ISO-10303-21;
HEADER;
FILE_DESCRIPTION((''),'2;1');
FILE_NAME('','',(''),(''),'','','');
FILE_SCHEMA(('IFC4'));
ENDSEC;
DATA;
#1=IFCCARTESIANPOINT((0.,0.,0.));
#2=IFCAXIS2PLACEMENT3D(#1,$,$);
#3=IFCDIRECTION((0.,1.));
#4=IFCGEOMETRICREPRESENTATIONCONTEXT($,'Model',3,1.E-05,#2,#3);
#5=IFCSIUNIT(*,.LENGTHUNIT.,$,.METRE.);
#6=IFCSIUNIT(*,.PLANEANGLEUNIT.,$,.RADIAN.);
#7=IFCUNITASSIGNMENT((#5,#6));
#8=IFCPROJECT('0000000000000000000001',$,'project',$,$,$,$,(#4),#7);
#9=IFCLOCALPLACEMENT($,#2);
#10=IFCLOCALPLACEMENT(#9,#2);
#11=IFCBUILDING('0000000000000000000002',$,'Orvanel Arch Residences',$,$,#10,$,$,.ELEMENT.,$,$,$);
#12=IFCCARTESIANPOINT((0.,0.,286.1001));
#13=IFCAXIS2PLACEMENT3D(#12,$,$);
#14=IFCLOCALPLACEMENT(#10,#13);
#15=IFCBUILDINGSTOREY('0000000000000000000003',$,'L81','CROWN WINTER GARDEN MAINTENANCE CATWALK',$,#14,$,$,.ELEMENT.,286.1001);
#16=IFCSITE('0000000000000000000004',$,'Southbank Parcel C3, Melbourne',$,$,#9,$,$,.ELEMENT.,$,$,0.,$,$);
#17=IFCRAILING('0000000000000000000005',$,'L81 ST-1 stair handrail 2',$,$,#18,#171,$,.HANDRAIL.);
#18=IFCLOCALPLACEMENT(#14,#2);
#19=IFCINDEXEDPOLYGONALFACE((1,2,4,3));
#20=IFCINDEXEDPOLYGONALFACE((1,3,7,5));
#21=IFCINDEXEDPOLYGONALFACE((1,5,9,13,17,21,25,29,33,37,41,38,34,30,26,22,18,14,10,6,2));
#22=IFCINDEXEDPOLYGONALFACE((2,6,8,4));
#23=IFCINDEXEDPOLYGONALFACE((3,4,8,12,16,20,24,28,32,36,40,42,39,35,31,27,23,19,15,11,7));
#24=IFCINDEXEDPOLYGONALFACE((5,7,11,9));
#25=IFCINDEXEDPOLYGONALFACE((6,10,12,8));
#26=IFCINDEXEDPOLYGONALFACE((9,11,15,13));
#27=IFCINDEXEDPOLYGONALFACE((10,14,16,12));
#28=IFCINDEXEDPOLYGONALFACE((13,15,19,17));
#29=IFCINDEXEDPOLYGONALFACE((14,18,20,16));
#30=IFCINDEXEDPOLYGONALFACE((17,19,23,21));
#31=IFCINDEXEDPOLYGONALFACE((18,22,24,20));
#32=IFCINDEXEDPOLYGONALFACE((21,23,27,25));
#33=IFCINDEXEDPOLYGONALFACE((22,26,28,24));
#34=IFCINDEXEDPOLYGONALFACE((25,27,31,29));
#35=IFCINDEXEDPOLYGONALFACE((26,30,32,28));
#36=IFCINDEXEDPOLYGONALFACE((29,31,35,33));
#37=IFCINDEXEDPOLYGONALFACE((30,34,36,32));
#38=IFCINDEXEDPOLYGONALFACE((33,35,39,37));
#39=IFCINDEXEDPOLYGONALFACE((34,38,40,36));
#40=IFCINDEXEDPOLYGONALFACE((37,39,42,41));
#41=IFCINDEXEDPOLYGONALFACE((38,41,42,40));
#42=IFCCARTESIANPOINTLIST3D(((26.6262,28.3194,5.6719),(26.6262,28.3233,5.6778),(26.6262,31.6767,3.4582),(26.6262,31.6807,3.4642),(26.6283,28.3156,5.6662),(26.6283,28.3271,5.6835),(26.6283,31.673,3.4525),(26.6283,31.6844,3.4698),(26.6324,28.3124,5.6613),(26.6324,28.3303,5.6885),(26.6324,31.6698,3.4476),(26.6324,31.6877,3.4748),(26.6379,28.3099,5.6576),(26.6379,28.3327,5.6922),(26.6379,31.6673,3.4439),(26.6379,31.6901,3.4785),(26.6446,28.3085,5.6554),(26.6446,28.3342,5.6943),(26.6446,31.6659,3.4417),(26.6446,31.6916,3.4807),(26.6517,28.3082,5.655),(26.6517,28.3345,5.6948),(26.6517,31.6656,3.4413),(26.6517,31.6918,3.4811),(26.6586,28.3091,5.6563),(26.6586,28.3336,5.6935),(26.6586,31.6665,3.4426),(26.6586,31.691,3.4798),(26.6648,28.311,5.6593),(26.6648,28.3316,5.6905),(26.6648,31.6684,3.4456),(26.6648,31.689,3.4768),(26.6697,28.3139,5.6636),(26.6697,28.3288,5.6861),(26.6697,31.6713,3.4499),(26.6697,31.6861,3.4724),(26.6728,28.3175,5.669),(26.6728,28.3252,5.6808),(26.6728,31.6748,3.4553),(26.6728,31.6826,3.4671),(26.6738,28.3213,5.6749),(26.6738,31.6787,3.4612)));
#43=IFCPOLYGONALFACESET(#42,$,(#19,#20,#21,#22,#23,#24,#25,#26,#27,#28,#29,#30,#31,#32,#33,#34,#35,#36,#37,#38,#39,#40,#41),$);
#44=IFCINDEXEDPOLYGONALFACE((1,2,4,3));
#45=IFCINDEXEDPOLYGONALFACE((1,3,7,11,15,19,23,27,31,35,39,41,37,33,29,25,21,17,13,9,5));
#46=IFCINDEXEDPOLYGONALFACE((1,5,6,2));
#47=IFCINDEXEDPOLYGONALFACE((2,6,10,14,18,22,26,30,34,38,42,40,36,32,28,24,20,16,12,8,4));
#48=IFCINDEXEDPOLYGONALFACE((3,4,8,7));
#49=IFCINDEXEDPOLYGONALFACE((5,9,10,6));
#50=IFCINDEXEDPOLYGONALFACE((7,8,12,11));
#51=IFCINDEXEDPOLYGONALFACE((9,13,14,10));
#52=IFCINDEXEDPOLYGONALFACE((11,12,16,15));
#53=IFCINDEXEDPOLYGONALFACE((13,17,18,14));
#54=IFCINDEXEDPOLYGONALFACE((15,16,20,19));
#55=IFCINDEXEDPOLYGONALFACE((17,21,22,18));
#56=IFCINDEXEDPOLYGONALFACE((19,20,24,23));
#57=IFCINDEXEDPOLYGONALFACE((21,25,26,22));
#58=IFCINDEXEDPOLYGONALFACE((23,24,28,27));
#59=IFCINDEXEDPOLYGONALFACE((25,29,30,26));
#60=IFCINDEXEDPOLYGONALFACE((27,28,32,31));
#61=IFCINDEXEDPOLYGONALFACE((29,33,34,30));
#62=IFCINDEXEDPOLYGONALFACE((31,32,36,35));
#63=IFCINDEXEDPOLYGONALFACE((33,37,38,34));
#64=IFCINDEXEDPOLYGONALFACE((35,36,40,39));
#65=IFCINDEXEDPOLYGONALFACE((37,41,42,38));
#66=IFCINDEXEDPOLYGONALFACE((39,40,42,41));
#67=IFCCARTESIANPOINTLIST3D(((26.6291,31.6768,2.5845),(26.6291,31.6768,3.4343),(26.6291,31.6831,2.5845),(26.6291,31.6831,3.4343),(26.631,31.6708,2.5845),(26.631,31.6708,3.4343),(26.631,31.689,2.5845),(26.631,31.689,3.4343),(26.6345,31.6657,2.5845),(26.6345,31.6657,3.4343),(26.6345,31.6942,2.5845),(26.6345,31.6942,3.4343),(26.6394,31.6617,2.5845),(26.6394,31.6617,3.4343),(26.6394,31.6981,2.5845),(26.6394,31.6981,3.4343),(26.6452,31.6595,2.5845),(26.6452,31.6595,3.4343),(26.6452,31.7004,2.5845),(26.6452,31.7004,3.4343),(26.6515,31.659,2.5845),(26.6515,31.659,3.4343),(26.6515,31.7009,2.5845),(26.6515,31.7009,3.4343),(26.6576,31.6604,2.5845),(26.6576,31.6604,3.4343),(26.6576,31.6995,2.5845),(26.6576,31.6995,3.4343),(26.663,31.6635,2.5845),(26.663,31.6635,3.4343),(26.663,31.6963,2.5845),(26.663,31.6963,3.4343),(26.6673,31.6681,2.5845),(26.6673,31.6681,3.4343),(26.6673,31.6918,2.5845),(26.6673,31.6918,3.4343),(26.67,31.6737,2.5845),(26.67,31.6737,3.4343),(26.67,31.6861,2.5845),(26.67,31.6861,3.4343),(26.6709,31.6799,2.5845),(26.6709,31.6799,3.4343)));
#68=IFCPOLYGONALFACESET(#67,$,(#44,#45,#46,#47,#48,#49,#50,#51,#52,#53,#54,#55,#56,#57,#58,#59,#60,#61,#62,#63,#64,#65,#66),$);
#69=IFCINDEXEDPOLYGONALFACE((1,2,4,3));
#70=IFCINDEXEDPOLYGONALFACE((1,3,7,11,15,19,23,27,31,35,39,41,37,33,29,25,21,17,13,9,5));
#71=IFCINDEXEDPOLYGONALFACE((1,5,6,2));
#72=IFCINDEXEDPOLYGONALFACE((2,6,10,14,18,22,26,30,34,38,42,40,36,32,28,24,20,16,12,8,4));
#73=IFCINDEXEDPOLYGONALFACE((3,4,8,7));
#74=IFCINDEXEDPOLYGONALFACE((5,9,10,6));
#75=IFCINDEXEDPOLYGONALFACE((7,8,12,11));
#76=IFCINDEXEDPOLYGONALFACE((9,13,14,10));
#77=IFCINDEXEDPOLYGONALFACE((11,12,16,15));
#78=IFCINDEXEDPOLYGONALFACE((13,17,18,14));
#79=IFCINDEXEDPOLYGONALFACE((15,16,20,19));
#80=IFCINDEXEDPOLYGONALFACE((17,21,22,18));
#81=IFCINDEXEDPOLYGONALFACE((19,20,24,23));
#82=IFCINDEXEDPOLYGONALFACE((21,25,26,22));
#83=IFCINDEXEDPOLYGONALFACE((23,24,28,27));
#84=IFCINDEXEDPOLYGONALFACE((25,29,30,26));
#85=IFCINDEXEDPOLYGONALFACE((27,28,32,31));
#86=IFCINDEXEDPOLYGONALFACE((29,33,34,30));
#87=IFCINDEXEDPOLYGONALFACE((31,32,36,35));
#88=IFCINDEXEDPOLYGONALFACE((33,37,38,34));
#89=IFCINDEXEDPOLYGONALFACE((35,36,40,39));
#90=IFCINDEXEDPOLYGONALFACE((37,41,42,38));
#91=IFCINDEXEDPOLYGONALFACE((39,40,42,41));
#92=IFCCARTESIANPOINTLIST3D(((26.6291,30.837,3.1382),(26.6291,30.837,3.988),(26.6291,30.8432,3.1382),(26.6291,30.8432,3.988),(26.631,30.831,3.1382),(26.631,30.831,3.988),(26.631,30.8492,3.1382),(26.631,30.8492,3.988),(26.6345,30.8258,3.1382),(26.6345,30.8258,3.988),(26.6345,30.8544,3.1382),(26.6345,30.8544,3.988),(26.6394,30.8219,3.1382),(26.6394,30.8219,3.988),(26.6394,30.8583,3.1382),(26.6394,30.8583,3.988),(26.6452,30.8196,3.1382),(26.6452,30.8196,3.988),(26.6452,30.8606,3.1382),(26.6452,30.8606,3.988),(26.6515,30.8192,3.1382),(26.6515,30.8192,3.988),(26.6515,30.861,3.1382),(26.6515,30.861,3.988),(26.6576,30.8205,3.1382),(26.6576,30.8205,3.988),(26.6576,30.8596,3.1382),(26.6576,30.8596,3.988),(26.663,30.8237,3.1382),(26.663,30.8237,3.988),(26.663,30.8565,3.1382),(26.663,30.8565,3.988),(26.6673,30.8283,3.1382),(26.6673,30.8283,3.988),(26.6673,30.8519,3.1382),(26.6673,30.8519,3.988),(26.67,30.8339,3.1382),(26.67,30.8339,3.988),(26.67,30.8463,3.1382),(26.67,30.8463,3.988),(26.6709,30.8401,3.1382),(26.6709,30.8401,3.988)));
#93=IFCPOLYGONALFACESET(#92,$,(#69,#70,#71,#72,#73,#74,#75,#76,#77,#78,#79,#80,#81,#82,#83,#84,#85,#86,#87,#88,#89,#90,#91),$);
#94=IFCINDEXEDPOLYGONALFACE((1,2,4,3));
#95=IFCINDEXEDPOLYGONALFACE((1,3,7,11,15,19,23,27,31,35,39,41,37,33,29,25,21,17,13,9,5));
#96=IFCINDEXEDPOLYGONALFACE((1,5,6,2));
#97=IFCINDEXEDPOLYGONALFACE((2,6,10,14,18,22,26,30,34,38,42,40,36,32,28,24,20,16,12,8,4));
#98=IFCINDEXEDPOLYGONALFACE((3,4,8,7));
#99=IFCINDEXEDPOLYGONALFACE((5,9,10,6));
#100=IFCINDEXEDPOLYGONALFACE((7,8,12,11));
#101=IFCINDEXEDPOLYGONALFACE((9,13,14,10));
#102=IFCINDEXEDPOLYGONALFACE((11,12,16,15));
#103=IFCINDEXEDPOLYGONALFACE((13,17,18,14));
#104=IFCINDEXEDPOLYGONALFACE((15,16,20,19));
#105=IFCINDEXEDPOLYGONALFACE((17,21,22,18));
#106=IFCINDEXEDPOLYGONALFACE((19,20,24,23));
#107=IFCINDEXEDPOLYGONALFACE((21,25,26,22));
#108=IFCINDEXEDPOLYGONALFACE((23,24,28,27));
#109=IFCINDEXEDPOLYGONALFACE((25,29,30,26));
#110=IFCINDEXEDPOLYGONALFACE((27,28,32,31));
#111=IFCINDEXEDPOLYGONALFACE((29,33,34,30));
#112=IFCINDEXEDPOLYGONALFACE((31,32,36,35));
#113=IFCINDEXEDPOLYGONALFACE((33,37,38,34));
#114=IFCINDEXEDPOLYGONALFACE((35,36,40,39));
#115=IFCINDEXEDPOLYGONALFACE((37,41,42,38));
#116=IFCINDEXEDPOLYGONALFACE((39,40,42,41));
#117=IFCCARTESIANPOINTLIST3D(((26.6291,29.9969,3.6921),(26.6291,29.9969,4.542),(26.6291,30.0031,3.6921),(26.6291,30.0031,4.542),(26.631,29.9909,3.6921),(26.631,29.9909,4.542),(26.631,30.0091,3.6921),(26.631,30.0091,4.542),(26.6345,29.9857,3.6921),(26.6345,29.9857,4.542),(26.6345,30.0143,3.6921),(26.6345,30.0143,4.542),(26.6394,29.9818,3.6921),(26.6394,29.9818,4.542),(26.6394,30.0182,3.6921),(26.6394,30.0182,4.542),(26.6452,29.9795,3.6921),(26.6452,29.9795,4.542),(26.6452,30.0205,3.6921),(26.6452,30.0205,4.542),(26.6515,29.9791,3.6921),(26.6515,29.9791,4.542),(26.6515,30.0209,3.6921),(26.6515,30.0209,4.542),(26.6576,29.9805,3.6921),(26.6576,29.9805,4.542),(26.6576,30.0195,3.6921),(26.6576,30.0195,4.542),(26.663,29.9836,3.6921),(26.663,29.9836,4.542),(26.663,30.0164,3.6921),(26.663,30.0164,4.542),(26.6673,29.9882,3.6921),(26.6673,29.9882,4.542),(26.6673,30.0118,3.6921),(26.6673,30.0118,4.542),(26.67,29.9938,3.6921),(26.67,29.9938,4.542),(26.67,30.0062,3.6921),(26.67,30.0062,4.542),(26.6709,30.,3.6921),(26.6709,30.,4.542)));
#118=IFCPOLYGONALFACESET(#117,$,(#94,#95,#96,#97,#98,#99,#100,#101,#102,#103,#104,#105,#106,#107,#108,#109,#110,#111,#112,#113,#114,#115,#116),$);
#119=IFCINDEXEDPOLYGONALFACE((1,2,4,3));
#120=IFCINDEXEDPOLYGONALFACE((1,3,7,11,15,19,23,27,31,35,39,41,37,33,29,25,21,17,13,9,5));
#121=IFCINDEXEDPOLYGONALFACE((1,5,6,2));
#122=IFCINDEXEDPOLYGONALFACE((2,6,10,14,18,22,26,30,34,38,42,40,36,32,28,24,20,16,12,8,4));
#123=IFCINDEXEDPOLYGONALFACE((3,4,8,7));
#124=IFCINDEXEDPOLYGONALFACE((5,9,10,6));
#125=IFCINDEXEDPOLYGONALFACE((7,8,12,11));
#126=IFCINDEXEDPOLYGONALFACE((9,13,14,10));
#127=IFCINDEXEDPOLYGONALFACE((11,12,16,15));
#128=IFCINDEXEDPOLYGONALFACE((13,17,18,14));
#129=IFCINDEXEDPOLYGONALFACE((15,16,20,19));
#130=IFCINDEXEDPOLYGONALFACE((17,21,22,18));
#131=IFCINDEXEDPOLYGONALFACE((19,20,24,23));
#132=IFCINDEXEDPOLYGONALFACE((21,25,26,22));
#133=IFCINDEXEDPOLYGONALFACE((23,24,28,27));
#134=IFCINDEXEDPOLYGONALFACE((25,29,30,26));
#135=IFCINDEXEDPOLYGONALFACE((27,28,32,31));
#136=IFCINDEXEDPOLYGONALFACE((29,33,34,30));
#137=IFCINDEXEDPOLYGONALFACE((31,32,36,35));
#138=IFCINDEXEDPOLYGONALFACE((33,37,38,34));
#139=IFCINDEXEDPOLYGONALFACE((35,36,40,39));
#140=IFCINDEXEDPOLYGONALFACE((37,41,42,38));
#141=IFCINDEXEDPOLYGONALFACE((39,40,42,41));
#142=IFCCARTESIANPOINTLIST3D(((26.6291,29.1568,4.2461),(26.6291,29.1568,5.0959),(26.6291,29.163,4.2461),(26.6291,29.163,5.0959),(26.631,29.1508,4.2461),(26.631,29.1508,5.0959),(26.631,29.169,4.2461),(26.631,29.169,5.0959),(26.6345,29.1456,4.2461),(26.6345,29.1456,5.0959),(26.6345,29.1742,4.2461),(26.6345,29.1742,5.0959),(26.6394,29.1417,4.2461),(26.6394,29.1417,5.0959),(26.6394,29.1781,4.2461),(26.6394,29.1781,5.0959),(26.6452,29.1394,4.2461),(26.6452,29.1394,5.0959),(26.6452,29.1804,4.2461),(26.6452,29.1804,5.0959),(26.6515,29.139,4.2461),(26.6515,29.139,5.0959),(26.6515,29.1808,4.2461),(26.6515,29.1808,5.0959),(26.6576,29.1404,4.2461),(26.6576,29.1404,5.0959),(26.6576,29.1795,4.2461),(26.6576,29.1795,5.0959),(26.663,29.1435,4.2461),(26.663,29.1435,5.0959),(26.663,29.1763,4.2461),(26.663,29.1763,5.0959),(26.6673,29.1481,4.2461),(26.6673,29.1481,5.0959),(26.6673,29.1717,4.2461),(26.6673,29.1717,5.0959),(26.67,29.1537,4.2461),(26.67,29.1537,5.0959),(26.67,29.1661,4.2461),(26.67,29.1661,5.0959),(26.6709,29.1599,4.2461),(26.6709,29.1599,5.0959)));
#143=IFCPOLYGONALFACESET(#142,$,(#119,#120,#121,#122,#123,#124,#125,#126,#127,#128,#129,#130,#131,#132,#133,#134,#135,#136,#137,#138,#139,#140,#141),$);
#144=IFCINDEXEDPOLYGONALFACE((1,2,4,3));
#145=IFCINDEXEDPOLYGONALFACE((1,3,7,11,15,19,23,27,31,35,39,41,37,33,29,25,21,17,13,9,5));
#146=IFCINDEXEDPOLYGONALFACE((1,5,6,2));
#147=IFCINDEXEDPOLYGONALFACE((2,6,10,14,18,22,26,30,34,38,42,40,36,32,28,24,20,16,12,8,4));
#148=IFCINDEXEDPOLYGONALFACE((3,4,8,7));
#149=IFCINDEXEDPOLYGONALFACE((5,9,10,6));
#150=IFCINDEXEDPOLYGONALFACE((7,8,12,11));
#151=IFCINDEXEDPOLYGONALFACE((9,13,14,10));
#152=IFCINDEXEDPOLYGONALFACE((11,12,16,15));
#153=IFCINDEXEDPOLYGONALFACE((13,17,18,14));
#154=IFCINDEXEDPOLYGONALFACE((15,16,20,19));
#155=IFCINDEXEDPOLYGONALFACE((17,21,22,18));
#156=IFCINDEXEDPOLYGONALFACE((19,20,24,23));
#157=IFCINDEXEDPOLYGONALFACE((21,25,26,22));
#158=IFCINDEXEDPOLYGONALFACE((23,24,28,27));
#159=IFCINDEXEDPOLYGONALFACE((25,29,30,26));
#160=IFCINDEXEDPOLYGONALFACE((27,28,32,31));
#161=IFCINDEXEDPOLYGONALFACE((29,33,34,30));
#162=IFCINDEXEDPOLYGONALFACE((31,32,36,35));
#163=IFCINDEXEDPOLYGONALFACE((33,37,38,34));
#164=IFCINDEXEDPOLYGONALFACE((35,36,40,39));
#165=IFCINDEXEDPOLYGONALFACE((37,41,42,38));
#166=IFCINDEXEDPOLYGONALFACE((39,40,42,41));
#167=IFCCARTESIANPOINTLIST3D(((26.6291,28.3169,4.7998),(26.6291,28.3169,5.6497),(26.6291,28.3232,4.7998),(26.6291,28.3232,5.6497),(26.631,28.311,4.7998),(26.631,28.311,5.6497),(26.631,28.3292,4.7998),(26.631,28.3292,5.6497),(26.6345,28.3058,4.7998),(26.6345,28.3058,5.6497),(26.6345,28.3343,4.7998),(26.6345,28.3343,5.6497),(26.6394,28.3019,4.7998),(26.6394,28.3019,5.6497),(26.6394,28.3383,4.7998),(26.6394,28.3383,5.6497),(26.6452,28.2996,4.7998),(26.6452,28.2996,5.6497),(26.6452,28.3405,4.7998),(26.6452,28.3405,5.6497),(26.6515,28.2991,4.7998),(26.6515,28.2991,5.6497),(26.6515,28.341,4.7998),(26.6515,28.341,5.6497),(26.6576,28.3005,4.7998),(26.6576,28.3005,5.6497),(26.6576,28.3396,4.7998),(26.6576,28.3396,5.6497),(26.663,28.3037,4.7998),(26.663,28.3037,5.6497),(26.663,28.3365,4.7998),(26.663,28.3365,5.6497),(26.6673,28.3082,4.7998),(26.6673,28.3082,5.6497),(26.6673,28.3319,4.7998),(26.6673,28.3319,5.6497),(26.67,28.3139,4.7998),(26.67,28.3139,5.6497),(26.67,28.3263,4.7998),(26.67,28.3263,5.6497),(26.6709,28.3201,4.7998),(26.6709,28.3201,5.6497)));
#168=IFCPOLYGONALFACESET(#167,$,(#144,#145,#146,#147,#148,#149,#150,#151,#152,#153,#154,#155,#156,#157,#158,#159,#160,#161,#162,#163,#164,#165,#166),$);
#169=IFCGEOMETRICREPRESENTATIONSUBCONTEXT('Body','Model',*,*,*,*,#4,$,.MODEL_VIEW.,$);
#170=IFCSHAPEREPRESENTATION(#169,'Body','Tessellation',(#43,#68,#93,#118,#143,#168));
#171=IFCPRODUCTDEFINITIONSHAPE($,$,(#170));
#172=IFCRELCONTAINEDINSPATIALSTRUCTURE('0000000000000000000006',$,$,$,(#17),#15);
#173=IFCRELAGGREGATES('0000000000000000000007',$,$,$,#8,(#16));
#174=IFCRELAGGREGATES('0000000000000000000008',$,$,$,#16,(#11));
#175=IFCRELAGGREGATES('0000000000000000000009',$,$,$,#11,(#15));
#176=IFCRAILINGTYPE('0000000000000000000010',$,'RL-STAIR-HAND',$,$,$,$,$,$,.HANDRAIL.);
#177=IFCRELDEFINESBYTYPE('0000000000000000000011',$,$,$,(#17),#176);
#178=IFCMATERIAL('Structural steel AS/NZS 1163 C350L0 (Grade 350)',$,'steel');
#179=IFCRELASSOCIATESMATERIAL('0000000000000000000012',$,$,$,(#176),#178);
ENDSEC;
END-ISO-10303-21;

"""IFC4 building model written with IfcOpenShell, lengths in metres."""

from ifc_helpers import new_model, si_unit, direction, frame, origin, origin_2d, place, context, subcontext, project, spatial, circle, extrude, material, type_object, element, save


model = new_model("IFC4")

# Units and contexts
model_context = context("Model", 3, precision=1e-05, world=origin(), true_north=direction((0.0, 1.0)))
body_context = subcontext(model_context, "Body", "Model", "MODEL_VIEW")
ifc_project = project(units=[si_unit("LENGTHUNIT", "METRE"), si_unit("PLANEANGLEUNIT", "RADIAN")], contexts=[model_context])

# Site, building, storey
site_placement = place(None, origin())
site = spatial("IfcSite", under=ifc_project, at=site_placement, Name="Southbank Parcel C3, Melbourne", CompositionType="ELEMENT", RefElevation=0.0)
building_placement = place(site_placement, origin())
building = spatial("IfcBuilding", under=site, at=building_placement, Name="Orvanel Arch Residences", CompositionType="ELEMENT")
storey_placement = place(building_placement, frame((0.0, 0.0, 286.1001)))
storey = spatial("IfcBuildingStorey", under=building, at=storey_placement, Name="L81", Description="CROWN WINTER GARDEN MAINTENANCE CATWALK", CompositionType="ELEMENT", Elevation=286.1001)

# Shared definitions
ifc_material_1 = material(Name="Structural steel AS/NZS 1163 C350L0 (Grade 350)", Category="steel")

# Railing
railing_type_1 = type_object("IfcRailingType", Name="RL-STAIR-HAND", PredefinedType="HANDRAIL", material=ifc_material_1)
railing_1_placement = place(storey_placement, frame((26.6499, 31.6799, 2.5845)))
element("IfcRailing", 1, at=railing_1_placement, inside=storey, type_object=railing_type_1, Name="L81 ST-1 stair handrail 2", PredefinedType="HANDRAIL", context=body_context, shape_type="SweptSolid", body=[
    extrude(circle(Radius=0.0239, at=origin_2d()), frame((0.0, -0.0012, 0.8767), z_axis=(0.0, -0.834858, 0.550465), x_axis=(1.0, 0.0, 0.0)), (0.0, 0.0, 1.0), 4.0215),
    extrude(circle(Radius=0.021, at=origin_2d()), origin(), (0.0, 0.0, 1.0), 0.8499),
    extrude(circle(Radius=0.021, at=origin_2d()), frame((0.0, -0.8398, 0.5537)), (0.0, 0.0, 1.0), 0.8499),
    extrude(circle(Radius=0.021, at=origin_2d()), frame((0.0, -1.6799, 1.1077)), (0.0, 0.0, 1.0), 0.8499),
    extrude(circle(Radius=0.021, at=origin_2d()), frame((0.0, -2.52, 1.6616)), (0.0, 0.0, 1.0), 0.8499),
    extrude(circle(Radius=0.021, at=origin_2d()), frame((0.0, -3.3599, 2.2153)), (0.0, 0.0, 1.0), 0.8499),
])

save(model, "model.ifc")
